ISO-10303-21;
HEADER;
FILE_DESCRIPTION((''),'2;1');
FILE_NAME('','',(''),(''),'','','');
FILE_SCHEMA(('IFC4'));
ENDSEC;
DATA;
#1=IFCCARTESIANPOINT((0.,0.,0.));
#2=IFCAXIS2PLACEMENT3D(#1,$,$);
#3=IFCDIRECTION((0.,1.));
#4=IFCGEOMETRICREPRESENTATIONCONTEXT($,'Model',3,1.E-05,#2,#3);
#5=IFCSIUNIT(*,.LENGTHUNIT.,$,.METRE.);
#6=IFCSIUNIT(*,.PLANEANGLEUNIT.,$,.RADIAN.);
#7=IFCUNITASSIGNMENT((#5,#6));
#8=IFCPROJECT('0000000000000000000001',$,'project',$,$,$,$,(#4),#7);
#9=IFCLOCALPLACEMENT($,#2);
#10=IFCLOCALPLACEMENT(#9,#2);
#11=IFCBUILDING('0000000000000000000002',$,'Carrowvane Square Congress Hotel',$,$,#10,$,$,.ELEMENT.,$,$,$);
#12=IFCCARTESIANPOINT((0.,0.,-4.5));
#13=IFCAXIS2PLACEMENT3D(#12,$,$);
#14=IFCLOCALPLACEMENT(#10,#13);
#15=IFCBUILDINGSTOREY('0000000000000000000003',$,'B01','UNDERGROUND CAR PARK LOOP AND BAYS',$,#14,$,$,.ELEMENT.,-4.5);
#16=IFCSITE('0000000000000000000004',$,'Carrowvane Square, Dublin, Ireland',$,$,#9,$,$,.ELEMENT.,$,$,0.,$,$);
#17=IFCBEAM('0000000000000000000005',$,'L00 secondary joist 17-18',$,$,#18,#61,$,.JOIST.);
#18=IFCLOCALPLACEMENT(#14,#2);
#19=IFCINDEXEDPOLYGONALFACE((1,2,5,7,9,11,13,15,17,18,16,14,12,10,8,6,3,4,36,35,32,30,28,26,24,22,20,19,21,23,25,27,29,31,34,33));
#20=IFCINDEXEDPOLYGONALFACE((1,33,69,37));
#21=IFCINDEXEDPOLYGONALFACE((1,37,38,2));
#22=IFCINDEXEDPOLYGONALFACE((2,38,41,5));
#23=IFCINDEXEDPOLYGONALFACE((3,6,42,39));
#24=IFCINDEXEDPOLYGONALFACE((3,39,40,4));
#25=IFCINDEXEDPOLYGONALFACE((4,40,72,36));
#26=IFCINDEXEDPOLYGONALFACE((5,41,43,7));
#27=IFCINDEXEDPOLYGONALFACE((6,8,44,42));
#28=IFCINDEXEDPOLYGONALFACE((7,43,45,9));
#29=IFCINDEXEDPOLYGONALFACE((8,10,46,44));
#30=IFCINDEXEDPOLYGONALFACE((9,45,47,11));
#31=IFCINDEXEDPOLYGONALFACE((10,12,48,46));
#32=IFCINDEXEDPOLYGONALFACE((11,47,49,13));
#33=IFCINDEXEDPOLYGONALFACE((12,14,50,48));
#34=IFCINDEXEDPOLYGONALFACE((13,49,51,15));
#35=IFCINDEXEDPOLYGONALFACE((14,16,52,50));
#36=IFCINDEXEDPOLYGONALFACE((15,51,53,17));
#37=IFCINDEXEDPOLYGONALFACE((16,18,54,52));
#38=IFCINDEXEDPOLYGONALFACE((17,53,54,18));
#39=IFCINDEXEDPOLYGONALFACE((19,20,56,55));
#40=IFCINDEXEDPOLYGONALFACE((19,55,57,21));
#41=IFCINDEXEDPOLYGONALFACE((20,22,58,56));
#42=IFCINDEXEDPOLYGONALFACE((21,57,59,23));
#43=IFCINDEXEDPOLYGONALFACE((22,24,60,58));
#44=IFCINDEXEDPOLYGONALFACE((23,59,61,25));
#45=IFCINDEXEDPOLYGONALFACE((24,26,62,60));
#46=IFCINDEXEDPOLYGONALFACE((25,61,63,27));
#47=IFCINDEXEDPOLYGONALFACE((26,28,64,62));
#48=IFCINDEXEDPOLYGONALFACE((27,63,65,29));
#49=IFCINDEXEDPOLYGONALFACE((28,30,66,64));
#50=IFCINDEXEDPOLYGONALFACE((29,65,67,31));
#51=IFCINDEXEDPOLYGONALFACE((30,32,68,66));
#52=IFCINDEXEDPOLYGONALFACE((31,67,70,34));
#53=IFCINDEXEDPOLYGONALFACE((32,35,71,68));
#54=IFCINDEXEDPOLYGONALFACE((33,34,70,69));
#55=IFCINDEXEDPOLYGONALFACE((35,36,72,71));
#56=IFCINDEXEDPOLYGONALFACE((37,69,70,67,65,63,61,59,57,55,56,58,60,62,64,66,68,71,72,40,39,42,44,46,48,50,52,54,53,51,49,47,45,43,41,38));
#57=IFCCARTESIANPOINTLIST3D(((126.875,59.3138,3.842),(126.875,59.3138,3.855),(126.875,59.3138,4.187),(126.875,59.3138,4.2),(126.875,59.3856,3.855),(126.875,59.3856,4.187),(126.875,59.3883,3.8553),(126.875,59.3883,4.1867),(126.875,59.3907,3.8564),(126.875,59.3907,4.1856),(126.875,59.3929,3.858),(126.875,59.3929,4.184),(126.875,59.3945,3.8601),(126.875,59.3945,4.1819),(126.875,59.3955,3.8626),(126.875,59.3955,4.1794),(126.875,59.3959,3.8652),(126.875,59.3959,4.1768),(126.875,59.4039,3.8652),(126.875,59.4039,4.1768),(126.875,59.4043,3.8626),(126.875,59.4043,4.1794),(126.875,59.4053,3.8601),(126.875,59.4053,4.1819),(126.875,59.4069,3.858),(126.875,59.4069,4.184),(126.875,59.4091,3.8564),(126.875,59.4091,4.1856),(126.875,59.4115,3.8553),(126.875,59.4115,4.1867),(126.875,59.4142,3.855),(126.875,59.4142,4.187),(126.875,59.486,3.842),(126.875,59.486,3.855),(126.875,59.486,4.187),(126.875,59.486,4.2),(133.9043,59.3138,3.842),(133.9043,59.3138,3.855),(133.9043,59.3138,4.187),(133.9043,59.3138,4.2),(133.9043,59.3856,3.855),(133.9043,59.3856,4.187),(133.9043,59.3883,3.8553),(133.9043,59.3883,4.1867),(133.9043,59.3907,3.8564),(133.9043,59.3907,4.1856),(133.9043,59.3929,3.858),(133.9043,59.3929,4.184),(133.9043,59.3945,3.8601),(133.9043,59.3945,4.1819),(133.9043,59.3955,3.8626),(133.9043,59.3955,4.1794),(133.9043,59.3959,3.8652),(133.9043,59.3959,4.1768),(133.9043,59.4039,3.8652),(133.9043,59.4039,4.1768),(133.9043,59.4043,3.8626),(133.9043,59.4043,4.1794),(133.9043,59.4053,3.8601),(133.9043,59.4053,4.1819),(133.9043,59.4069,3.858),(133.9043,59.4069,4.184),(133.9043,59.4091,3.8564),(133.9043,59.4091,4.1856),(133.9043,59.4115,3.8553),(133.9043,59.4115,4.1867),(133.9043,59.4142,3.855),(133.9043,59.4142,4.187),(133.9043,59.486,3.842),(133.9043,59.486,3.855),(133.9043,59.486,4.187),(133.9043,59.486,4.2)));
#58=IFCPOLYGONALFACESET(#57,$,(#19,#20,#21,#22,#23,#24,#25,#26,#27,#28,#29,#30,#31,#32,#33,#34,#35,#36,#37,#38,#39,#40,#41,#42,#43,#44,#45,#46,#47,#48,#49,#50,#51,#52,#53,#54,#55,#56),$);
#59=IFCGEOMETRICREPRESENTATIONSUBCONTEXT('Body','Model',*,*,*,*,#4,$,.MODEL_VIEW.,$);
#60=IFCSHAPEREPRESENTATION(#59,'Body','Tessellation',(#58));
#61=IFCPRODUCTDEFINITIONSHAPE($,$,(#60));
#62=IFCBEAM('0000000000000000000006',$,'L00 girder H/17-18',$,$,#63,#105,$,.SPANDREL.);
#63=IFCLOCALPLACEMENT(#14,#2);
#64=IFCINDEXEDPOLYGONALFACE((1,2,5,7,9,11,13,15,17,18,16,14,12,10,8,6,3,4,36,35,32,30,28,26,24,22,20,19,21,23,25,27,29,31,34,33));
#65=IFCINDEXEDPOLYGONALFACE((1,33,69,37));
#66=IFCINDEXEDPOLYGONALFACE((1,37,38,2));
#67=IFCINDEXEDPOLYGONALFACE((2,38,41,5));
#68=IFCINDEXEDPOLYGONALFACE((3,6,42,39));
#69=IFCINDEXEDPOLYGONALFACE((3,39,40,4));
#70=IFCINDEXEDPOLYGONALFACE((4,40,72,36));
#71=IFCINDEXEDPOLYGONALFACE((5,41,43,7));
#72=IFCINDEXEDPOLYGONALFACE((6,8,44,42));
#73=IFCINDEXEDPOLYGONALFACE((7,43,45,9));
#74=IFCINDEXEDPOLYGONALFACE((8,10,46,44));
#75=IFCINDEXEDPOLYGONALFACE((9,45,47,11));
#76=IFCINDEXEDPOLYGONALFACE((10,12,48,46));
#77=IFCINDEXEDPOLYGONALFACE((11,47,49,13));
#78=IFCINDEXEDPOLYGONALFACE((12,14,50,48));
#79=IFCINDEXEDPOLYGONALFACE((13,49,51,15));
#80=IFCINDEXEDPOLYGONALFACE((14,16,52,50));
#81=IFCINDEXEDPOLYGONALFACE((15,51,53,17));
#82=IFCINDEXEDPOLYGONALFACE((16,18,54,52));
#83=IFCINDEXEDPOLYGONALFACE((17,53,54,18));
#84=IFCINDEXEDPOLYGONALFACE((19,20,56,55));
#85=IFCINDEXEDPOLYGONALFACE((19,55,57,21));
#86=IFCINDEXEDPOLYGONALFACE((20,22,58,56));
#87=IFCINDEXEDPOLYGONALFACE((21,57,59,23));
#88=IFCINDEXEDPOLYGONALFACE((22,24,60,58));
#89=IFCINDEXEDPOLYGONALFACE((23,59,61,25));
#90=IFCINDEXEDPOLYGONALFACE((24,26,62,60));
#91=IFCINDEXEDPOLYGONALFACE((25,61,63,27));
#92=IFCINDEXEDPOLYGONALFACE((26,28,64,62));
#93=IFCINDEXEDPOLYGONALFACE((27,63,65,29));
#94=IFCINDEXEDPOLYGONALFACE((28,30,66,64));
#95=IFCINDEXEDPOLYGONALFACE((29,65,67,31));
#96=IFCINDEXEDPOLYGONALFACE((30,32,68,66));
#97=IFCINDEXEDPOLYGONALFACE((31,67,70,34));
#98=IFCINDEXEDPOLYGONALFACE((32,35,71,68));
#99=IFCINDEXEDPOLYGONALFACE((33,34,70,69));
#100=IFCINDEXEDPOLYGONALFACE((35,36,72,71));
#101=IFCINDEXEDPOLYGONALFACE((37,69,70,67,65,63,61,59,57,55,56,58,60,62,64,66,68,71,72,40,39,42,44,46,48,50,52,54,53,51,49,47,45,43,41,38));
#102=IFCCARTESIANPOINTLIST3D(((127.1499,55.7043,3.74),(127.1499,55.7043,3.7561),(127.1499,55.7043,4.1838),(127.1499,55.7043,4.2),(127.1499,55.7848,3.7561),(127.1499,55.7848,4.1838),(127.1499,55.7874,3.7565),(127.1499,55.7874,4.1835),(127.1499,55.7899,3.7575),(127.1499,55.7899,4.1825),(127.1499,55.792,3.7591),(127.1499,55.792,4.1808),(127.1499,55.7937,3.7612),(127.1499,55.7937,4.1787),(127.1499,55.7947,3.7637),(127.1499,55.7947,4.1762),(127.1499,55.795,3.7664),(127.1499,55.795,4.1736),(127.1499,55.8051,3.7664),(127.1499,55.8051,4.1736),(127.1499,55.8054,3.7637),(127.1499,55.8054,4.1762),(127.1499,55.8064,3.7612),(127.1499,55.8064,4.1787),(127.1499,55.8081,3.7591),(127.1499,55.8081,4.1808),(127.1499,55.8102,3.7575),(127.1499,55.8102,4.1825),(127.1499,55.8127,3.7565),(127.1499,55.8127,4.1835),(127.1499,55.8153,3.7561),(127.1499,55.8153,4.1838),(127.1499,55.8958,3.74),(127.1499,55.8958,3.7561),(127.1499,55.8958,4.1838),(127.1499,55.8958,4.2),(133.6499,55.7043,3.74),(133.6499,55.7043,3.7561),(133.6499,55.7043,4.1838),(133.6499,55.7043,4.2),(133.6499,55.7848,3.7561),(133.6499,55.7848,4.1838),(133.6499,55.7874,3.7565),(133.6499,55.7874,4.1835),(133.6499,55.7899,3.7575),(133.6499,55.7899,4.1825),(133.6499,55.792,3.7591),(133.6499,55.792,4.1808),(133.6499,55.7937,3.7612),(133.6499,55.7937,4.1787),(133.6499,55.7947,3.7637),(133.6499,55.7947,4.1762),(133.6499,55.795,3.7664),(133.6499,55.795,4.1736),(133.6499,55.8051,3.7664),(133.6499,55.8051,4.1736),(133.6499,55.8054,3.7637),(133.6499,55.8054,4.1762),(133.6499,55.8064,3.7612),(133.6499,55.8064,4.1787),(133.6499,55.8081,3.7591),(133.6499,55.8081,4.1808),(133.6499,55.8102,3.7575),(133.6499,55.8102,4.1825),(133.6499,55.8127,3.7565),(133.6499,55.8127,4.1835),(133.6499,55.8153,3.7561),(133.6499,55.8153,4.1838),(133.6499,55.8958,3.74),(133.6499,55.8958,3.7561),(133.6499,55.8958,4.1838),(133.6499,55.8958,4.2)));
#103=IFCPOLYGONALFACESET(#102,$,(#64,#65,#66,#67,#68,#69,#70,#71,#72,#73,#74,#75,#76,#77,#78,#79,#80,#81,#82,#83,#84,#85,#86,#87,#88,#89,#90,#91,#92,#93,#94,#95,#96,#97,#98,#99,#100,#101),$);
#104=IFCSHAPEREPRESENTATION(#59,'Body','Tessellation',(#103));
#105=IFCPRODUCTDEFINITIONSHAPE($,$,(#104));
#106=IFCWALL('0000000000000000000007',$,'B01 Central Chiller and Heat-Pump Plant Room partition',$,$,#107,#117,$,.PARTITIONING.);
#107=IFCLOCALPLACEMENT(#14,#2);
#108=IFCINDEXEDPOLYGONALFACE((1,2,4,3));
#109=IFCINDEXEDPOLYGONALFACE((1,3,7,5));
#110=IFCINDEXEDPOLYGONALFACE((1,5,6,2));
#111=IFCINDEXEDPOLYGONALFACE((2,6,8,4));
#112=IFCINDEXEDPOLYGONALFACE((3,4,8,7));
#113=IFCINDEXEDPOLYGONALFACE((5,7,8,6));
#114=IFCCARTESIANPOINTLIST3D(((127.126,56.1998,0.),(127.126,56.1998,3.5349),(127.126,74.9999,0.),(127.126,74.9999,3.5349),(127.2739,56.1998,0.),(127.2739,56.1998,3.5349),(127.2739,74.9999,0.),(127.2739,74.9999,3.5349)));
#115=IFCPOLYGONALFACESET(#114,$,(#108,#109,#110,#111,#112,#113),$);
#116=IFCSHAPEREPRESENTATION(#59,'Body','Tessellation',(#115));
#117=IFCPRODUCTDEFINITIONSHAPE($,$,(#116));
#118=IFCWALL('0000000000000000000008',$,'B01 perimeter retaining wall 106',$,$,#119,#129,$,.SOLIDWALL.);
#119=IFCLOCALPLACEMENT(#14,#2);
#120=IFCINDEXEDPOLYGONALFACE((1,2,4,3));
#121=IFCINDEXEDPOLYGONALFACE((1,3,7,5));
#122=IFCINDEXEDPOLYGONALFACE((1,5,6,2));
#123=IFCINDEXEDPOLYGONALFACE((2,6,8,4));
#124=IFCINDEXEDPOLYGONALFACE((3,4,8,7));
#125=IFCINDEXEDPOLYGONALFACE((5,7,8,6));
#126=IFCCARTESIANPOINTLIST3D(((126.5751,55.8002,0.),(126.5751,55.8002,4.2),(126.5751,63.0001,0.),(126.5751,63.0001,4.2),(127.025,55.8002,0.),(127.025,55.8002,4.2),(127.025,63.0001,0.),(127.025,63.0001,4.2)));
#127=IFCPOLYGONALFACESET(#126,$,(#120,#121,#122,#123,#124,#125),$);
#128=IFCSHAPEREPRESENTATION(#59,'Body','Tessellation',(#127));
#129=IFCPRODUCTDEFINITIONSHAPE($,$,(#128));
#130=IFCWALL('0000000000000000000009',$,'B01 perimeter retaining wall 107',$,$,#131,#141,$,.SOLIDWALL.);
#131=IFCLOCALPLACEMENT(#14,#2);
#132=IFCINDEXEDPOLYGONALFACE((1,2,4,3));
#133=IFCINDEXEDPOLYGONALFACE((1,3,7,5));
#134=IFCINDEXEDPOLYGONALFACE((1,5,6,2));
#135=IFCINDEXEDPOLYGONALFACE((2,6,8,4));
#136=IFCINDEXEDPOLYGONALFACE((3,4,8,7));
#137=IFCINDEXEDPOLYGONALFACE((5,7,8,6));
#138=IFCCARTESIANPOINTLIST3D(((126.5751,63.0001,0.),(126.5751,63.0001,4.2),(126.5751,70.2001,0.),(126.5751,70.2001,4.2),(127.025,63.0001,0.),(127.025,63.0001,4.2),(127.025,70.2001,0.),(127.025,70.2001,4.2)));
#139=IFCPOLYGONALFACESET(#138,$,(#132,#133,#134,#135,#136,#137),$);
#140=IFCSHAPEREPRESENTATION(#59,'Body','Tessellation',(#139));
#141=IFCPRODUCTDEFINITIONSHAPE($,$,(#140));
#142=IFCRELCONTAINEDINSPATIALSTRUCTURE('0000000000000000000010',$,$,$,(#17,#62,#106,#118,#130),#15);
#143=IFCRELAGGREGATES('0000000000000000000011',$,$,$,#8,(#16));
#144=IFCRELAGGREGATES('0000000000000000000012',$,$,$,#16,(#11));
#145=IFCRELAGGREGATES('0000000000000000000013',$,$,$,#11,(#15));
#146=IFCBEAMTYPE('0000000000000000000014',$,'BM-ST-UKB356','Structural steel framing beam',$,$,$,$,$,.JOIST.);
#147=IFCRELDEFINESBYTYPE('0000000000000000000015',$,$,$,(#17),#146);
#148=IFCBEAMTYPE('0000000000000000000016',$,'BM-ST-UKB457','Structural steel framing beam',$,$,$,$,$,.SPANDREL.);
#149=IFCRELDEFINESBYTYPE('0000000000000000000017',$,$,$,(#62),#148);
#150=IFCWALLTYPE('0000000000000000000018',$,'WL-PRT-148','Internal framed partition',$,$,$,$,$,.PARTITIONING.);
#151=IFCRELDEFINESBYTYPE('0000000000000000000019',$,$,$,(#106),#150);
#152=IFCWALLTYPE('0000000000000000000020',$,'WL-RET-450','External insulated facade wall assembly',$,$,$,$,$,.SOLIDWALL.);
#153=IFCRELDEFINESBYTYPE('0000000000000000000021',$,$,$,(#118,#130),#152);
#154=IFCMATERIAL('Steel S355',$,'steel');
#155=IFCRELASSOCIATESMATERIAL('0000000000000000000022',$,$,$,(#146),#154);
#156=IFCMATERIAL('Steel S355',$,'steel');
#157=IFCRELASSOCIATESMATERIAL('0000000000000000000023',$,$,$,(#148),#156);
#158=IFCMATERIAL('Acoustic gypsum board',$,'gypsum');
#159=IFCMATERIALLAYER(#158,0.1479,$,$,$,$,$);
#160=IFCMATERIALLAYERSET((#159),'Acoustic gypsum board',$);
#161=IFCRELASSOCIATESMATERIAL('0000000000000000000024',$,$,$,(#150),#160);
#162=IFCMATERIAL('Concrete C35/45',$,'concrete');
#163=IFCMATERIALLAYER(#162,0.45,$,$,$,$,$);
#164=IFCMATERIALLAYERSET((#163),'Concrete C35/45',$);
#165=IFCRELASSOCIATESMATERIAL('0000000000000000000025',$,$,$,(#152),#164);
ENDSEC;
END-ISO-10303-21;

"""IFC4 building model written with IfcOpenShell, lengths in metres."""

from ifc_helpers import new_model, si_unit, direction, frame, frame_2d, origin, origin_2d, place, context, subcontext, project, spatial, rectangle, i_section, extrude, material, layer, layer_set, material_profile, profile_set, type_object, element, save


model = new_model("IFC4")

# Units and contexts
model_context = context("Model", 3, precision=1e-05, world=origin(), true_north=direction((0.0, 1.0)))
body_context = subcontext(model_context, "Body", "Model", "MODEL_VIEW")
ifc_project = project(units=[si_unit("LENGTHUNIT", "METRE"), si_unit("PLANEANGLEUNIT", "RADIAN")], contexts=[model_context])

# Site, building, storey
site_placement = place(None, origin())
site = spatial("IfcSite", under=ifc_project, at=site_placement, Name="Carrowvane Square, Dublin, Ireland", CompositionType="ELEMENT", RefElevation=0.0)
building_placement = place(site_placement, origin())
building = spatial("IfcBuilding", under=site, at=building_placement, Name="Carrowvane Square Congress Hotel", CompositionType="ELEMENT")
storey_placement = place(building_placement, frame((0.0, 0.0, -4.5)))
storey = spatial("IfcBuildingStorey", under=building, at=storey_placement, Name="B01", Description="UNDERGROUND CAR PARK LOOP AND BAYS", CompositionType="ELEMENT", Elevation=-4.5)

# Beams
ifc_material_1 = material(Name="Steel S355", Category="steel")
ifc_material_profile_1 = material_profile(ifc_material_1, i_section(OverallWidth=0.1721, OverallDepth=0.3579, WebThickness=0.0081, FlangeThickness=0.0129, FilletRadius=0.0103, at=origin_2d()), Name="UKB 356x171x57")
ifc_profile_set_1 = profile_set([ifc_material_profile_1], Name="Steel S355")
beam_type_1 = type_object("IfcBeamType", Name="BM-ST-UKB356", Description="Structural steel framing beam", PredefinedType="JOIST", material=ifc_profile_set_1)
beam_1_placement = place(storey_placement, frame((126.875, 59.3999, 4.021), z_axis=(1.0, 0.0, 0.0), x_axis=(0.0, 1.0, 0.0)))
element("IfcBeam", 1, at=beam_1_placement, inside=storey, type_object=beam_type_1, Name="L00 secondary joist 17-18", PredefinedType="JOIST", context=body_context, shape_type="SweptSolid", body=[
    extrude(i_section(OverallWidth=0.1721, OverallDepth=0.3579, WebThickness=0.0081, FlangeThickness=0.0129, FilletRadius=0.0103, at=origin_2d()), origin(), (0.0, 0.0, 1.0), 7.0293),
])
ifc_material_2 = material(Name="Steel S355", Category="steel")
ifc_material_profile_2 = material_profile(ifc_material_2, i_section(OverallWidth=0.1914, OverallDepth=0.46, WebThickness=0.01, FlangeThickness=0.0161, FilletRadius=0.0103, at=origin_2d()), Name="UKB 457x191x82")
ifc_profile_set_2 = profile_set([ifc_material_profile_2], Name="Steel S355")
beam_type_2 = type_object("IfcBeamType", Name="BM-ST-UKB457", Description="Structural steel framing beam", PredefinedType="SPANDREL", material=ifc_profile_set_2)
beam_2_placement = place(storey_placement, frame((127.1499, 55.8, 3.97), z_axis=(1.0, 0.0, 0.0), x_axis=(0.0, 1.0, 0.0)))
element("IfcBeam", 2, at=beam_2_placement, inside=storey, type_object=beam_type_2, Name="L00 girder H/17-18", PredefinedType="SPANDREL", context=body_context, shape_type="SweptSolid", body=[
    extrude(i_section(OverallWidth=0.1914, OverallDepth=0.46, WebThickness=0.01, FlangeThickness=0.0161, FilletRadius=0.0103, at=origin_2d()), origin(), (0.0, 0.0, 1.0), 6.5),
])

# Walls
ifc_material_3 = material(Name="Acoustic gypsum board", Category="gypsum")
ifc_layer_1 = layer(ifc_material_3, 0.1479)
ifc_layer_set_1 = layer_set([ifc_layer_1], Name="Acoustic gypsum board")
wall_type_1 = type_object("IfcWallType", Name="WL-PRT-148", Description="Internal framed partition", PredefinedType="PARTITIONING", material=ifc_layer_set_1)
wall_placement = place(storey_placement, frame((127.2, 56.2, 0.0), z_axis=(0.0, 0.0, 1.0), x_axis=(0.0, 1.0, 0.0)))
element("IfcWall", 3, at=wall_placement, inside=storey, type_object=wall_type_1, Name="B01 Central Chiller and Heat-Pump Plant Room partition", PredefinedType="PARTITIONING", context=body_context, shape_type="SweptSolid", body=[
    extrude(rectangle(XDim=18.8, YDim=0.1479, at=frame_2d((9.3999, 0.0))), origin(), (0.0, 0.0, 1.0), 3.5349),
])
ifc_material_4 = material(Name="Concrete C35/45", Category="concrete")
ifc_layer_2 = layer(ifc_material_4, 0.45)
ifc_layer_set_2 = layer_set([ifc_layer_2], Name="Concrete C35/45")
wall_type_2 = type_object("IfcWallType", Name="WL-RET-450", Description="External insulated facade wall assembly", PredefinedType="SOLIDWALL", material=ifc_layer_set_2)
for number, where, z_axis, x_axis, name in (
    (4, (126.8, 55.8, 0.0), (0.0, 0.0, 1.0), (0.0, 1.0, 0.0), "B01 perimeter retaining wall 106"),
    (5, (126.8, 63.0, 0.0), (0.0, 0.0, 1.0), (0.0, 1.0, 0.0), "B01 perimeter retaining wall 107"),
):
    element("IfcWall", number, at=place(storey_placement, frame(where, z_axis=z_axis, x_axis=x_axis)), inside=storey, type_object=wall_type_2, Name=name, PredefinedType="SOLIDWALL", context=body_context, shape_type="SweptSolid", body=[
        extrude(rectangle(XDim=7.2, YDim=0.45, at=frame_2d((3.6001, 0.0))), origin(), (0.0, 0.0, 1.0), 4.2),
    ])

save(model, "model.ifc")
